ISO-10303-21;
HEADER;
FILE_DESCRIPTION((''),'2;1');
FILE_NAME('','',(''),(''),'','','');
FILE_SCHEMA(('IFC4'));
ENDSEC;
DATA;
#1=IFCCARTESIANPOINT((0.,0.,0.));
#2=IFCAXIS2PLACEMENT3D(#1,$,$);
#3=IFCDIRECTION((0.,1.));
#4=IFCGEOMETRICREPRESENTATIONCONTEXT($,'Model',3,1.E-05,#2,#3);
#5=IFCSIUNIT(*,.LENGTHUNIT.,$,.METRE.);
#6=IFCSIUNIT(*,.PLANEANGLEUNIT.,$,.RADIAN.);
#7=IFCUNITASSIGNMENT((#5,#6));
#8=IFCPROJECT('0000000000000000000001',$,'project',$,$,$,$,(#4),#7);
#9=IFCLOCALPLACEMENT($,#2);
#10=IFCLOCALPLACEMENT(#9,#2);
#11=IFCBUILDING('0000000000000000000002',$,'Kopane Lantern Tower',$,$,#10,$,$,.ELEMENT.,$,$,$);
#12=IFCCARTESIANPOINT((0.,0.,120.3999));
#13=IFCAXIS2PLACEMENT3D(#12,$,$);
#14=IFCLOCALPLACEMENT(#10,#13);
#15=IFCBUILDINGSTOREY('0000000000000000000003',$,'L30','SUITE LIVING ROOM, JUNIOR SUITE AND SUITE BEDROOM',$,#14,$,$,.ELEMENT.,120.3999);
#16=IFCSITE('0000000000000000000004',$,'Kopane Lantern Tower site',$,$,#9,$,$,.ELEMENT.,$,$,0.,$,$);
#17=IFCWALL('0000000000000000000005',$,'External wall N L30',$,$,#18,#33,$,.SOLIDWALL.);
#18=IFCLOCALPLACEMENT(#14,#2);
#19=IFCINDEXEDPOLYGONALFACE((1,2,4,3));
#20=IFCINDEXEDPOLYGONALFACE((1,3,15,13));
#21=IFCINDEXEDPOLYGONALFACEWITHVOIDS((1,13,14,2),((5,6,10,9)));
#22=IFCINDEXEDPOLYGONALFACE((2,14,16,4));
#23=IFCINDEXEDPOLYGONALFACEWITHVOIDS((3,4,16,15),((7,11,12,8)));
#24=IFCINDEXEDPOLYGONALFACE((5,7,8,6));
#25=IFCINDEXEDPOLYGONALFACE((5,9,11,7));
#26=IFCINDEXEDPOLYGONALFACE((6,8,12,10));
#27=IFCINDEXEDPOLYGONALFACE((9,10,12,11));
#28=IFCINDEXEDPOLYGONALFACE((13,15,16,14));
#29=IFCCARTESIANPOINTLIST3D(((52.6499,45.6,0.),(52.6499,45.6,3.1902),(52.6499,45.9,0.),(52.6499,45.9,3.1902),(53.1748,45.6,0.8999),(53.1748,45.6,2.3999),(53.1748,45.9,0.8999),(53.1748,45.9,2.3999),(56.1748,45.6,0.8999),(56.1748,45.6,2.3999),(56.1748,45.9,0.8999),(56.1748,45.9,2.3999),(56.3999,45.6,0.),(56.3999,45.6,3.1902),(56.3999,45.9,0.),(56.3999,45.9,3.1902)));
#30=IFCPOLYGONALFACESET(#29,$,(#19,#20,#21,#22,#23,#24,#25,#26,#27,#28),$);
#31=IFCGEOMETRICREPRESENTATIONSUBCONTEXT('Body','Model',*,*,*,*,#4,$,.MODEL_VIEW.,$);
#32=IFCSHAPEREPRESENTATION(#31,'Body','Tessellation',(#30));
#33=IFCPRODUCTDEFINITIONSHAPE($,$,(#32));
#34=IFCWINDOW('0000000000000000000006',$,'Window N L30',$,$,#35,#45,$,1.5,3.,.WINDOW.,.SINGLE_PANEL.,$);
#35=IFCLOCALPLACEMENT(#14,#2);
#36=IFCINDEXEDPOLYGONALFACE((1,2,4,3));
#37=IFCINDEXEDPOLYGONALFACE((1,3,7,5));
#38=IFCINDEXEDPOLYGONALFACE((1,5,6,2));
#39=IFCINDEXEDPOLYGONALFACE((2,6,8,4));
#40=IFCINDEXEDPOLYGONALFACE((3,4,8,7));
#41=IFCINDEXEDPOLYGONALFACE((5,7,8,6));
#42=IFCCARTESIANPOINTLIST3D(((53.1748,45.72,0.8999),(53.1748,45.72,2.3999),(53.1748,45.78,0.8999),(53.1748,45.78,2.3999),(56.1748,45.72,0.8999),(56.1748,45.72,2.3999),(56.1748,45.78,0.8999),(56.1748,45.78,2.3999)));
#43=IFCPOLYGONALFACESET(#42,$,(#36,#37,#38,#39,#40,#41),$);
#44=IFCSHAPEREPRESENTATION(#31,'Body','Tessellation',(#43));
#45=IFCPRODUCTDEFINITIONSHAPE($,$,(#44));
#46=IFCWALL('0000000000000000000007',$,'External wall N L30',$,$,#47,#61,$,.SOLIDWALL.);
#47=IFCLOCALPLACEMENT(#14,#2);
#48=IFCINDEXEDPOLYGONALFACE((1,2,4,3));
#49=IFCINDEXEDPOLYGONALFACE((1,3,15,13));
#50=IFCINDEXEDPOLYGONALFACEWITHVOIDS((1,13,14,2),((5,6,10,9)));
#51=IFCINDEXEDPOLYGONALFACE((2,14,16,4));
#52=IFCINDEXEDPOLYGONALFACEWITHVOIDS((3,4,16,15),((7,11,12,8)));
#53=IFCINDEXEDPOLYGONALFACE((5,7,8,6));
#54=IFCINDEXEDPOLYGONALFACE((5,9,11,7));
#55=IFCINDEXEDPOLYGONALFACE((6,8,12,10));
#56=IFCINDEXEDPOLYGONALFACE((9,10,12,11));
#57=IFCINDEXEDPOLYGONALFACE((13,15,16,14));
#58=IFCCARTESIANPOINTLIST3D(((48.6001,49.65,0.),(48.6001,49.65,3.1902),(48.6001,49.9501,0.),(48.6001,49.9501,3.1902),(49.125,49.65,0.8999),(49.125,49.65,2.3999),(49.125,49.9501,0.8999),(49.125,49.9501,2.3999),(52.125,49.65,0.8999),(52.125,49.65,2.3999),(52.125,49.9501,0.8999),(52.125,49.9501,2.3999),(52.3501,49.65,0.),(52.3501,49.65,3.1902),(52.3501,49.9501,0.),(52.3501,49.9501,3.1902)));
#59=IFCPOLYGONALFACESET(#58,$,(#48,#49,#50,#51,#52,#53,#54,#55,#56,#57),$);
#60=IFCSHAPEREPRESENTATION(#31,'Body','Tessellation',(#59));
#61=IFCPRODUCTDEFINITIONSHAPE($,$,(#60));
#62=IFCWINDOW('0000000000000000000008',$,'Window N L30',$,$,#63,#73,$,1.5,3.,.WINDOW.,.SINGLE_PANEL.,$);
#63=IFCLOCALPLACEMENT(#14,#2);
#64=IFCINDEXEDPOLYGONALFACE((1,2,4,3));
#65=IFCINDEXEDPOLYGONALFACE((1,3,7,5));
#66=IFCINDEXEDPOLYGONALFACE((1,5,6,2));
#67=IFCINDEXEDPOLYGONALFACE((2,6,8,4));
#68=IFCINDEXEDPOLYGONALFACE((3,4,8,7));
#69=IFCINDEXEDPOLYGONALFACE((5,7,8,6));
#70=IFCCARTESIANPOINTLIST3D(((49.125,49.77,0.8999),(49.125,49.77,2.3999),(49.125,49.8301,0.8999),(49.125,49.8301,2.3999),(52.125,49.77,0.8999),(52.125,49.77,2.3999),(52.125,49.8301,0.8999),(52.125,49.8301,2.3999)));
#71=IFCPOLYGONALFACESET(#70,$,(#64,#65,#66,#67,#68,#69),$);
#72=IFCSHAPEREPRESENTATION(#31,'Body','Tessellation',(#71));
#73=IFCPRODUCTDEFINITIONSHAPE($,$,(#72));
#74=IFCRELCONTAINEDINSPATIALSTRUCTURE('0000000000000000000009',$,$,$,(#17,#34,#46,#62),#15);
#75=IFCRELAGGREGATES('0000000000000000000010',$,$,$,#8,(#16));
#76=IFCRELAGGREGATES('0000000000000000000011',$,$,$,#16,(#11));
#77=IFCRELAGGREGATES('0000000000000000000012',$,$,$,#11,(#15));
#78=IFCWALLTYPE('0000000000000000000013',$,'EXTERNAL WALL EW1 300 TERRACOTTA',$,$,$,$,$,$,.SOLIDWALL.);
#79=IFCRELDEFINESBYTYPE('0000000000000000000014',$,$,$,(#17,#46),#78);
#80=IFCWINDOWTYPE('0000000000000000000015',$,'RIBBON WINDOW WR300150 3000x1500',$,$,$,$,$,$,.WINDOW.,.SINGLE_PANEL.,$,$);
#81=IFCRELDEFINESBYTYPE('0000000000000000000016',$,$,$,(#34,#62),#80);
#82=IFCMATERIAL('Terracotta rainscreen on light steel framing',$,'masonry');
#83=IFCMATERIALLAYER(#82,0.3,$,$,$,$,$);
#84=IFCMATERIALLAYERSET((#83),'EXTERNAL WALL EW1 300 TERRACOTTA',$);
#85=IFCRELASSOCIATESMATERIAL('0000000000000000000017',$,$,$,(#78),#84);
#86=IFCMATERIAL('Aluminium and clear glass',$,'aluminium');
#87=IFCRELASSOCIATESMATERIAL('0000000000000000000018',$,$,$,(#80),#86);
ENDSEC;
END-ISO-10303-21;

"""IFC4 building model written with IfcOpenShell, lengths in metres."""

from ifc_helpers import new_model, si_unit, direction, frame, frame_2d, origin, place, context, subcontext, project, spatial, rectangle, extrude, material, layer, layer_set, type_object, element, fill, save


model = new_model("IFC4")

# Units and contexts
model_context = context("Model", 3, precision=1e-05, world=origin(), true_north=direction((0.0, 1.0)))
body_context = subcontext(model_context, "Body", "Model", "MODEL_VIEW")
ifc_project = project(units=[si_unit("LENGTHUNIT", "METRE"), si_unit("PLANEANGLEUNIT", "RADIAN")], contexts=[model_context])

# Site, building, storey
site_placement = place(None, origin())
site = spatial("IfcSite", under=ifc_project, at=site_placement, Name="Kopane Lantern Tower site", CompositionType="ELEMENT", RefElevation=0.0)
building_placement = place(site_placement, origin())
building = spatial("IfcBuilding", under=site, at=building_placement, Name="Kopane Lantern Tower", CompositionType="ELEMENT")
storey_placement = place(building_placement, frame((0.0, 0.0, 120.3999)))
storey = spatial("IfcBuildingStorey", under=building, at=storey_placement, Name="L30", Description="SUITE LIVING ROOM, JUNIOR SUITE AND SUITE BEDROOM", CompositionType="ELEMENT", Elevation=120.3999)

# Walls, openings, windows
ifc_material_1 = material(Name="Terracotta rainscreen on light steel framing", Category="masonry")
ifc_layer_1 = layer(ifc_material_1, 0.3)
ifc_layer_set_1 = layer_set([ifc_layer_1], Name="EXTERNAL WALL EW1 300 TERRACOTTA")
wall_type_1 = type_object("IfcWallType", Name="EXTERNAL WALL EW1 300 TERRACOTTA", PredefinedType="SOLIDWALL", material=ifc_layer_set_1)
wall_1_placement = place(storey_placement, frame((56.3999, 45.75, 0.0), z_axis=(0.0, 0.0, 1.0), x_axis=(-1.0, 0.0, 0.0)))
wall_1 = element("IfcWall", 1, at=wall_1_placement, inside=storey, type_object=wall_type_1, Name="External wall N L30", PredefinedType="SOLIDWALL", context=body_context, shape_type="SweptSolid", body=[
    extrude(rectangle(XDim=3.75, YDim=0.3, at=frame_2d((1.875, 0.0))), origin(), (0.0, 0.0, 1.0), 3.1902),
])
opening_1_placement = place(wall_1_placement, frame((0.2251, 0.0, 0.8999)))
opening_1 = element("IfcOpeningElement", 2, at=opening_1_placement, cuts=wall_1, PredefinedType="OPENING", context=body_context, shape_type="SweptSolid", body=[
    extrude(rectangle(XDim=3.0, YDim=1.5, at=frame_2d((1.5, 0.75))), frame((0.0, 0.1599, 0.0), z_axis=(0.0, -1.0, 0.0), x_axis=(1.0, 0.0, 0.0)), (0.0, 0.0, 1.0), 0.3201),
])
ifc_material_2 = material(Name="Aluminium and clear glass", Category="aluminium")
window_type = type_object("IfcWindowType", Name="RIBBON WINDOW WR300150 3000x1500", PartitioningType="SINGLE_PANEL", PredefinedType="WINDOW", material=ifc_material_2)
window_1_placement = place(opening_1_placement, origin())
window_1 = element("IfcWindow", 3, at=window_1_placement, inside=storey, type_object=window_type, Name="Window N L30", OverallHeight=1.5, OverallWidth=3.0, PartitioningType="SINGLE_PANEL", PredefinedType="WINDOW", context=body_context, shape_type="SweptSolid", body=[
    extrude(rectangle(XDim=3.0, YDim=1.5, at=frame_2d((1.5, 0.75))), frame((0.0, 0.03, 0.0), z_axis=(0.0, -1.0, 0.0), x_axis=(1.0, 0.0, 0.0)), (0.0, 0.0, 1.0), 0.0601),
])
fill(opening_1, window_1)
wall_2_placement = place(storey_placement, frame((52.3501, 49.8, 0.0), z_axis=(0.0, 0.0, 1.0), x_axis=(-1.0, 0.0, 0.0)))
wall_2 = element("IfcWall", 4, at=wall_2_placement, inside=storey, type_object=wall_type_1, Name="External wall N L30", PredefinedType="SOLIDWALL", context=body_context, shape_type="SweptSolid", body=[
    extrude(rectangle(XDim=3.75, YDim=0.3, at=frame_2d((1.875, 0.0))), origin(), (0.0, 0.0, 1.0), 3.1902),
])
opening_2_placement = place(wall_2_placement, frame((0.2251, 0.0, 0.8999)))
opening_2 = element("IfcOpeningElement", 5, at=opening_2_placement, cuts=wall_2, PredefinedType="OPENING", context=body_context, shape_type="SweptSolid", body=[
    extrude(rectangle(XDim=3.0, YDim=1.5, at=frame_2d((1.5, 0.75))), frame((0.0, 0.1599, 0.0), z_axis=(0.0, -1.0, 0.0), x_axis=(1.0, 0.0, 0.0)), (0.0, 0.0, 1.0), 0.3201),
])
window_2_placement = place(opening_2_placement, origin())
window_2 = element("IfcWindow", 6, at=window_2_placement, inside=storey, type_object=window_type, Name="Window N L30", OverallHeight=1.5, OverallWidth=3.0, PartitioningType="SINGLE_PANEL", PredefinedType="WINDOW", context=body_context, shape_type="SweptSolid", body=[
    extrude(rectangle(XDim=3.0, YDim=1.5, at=frame_2d((1.5, 0.75))), frame((0.0, 0.03, 0.0), z_axis=(0.0, -1.0, 0.0), x_axis=(1.0, 0.0, 0.0)), (0.0, 0.0, 1.0), 0.0601),
])
fill(opening_2, window_2)

save(model, "model.ifc")
